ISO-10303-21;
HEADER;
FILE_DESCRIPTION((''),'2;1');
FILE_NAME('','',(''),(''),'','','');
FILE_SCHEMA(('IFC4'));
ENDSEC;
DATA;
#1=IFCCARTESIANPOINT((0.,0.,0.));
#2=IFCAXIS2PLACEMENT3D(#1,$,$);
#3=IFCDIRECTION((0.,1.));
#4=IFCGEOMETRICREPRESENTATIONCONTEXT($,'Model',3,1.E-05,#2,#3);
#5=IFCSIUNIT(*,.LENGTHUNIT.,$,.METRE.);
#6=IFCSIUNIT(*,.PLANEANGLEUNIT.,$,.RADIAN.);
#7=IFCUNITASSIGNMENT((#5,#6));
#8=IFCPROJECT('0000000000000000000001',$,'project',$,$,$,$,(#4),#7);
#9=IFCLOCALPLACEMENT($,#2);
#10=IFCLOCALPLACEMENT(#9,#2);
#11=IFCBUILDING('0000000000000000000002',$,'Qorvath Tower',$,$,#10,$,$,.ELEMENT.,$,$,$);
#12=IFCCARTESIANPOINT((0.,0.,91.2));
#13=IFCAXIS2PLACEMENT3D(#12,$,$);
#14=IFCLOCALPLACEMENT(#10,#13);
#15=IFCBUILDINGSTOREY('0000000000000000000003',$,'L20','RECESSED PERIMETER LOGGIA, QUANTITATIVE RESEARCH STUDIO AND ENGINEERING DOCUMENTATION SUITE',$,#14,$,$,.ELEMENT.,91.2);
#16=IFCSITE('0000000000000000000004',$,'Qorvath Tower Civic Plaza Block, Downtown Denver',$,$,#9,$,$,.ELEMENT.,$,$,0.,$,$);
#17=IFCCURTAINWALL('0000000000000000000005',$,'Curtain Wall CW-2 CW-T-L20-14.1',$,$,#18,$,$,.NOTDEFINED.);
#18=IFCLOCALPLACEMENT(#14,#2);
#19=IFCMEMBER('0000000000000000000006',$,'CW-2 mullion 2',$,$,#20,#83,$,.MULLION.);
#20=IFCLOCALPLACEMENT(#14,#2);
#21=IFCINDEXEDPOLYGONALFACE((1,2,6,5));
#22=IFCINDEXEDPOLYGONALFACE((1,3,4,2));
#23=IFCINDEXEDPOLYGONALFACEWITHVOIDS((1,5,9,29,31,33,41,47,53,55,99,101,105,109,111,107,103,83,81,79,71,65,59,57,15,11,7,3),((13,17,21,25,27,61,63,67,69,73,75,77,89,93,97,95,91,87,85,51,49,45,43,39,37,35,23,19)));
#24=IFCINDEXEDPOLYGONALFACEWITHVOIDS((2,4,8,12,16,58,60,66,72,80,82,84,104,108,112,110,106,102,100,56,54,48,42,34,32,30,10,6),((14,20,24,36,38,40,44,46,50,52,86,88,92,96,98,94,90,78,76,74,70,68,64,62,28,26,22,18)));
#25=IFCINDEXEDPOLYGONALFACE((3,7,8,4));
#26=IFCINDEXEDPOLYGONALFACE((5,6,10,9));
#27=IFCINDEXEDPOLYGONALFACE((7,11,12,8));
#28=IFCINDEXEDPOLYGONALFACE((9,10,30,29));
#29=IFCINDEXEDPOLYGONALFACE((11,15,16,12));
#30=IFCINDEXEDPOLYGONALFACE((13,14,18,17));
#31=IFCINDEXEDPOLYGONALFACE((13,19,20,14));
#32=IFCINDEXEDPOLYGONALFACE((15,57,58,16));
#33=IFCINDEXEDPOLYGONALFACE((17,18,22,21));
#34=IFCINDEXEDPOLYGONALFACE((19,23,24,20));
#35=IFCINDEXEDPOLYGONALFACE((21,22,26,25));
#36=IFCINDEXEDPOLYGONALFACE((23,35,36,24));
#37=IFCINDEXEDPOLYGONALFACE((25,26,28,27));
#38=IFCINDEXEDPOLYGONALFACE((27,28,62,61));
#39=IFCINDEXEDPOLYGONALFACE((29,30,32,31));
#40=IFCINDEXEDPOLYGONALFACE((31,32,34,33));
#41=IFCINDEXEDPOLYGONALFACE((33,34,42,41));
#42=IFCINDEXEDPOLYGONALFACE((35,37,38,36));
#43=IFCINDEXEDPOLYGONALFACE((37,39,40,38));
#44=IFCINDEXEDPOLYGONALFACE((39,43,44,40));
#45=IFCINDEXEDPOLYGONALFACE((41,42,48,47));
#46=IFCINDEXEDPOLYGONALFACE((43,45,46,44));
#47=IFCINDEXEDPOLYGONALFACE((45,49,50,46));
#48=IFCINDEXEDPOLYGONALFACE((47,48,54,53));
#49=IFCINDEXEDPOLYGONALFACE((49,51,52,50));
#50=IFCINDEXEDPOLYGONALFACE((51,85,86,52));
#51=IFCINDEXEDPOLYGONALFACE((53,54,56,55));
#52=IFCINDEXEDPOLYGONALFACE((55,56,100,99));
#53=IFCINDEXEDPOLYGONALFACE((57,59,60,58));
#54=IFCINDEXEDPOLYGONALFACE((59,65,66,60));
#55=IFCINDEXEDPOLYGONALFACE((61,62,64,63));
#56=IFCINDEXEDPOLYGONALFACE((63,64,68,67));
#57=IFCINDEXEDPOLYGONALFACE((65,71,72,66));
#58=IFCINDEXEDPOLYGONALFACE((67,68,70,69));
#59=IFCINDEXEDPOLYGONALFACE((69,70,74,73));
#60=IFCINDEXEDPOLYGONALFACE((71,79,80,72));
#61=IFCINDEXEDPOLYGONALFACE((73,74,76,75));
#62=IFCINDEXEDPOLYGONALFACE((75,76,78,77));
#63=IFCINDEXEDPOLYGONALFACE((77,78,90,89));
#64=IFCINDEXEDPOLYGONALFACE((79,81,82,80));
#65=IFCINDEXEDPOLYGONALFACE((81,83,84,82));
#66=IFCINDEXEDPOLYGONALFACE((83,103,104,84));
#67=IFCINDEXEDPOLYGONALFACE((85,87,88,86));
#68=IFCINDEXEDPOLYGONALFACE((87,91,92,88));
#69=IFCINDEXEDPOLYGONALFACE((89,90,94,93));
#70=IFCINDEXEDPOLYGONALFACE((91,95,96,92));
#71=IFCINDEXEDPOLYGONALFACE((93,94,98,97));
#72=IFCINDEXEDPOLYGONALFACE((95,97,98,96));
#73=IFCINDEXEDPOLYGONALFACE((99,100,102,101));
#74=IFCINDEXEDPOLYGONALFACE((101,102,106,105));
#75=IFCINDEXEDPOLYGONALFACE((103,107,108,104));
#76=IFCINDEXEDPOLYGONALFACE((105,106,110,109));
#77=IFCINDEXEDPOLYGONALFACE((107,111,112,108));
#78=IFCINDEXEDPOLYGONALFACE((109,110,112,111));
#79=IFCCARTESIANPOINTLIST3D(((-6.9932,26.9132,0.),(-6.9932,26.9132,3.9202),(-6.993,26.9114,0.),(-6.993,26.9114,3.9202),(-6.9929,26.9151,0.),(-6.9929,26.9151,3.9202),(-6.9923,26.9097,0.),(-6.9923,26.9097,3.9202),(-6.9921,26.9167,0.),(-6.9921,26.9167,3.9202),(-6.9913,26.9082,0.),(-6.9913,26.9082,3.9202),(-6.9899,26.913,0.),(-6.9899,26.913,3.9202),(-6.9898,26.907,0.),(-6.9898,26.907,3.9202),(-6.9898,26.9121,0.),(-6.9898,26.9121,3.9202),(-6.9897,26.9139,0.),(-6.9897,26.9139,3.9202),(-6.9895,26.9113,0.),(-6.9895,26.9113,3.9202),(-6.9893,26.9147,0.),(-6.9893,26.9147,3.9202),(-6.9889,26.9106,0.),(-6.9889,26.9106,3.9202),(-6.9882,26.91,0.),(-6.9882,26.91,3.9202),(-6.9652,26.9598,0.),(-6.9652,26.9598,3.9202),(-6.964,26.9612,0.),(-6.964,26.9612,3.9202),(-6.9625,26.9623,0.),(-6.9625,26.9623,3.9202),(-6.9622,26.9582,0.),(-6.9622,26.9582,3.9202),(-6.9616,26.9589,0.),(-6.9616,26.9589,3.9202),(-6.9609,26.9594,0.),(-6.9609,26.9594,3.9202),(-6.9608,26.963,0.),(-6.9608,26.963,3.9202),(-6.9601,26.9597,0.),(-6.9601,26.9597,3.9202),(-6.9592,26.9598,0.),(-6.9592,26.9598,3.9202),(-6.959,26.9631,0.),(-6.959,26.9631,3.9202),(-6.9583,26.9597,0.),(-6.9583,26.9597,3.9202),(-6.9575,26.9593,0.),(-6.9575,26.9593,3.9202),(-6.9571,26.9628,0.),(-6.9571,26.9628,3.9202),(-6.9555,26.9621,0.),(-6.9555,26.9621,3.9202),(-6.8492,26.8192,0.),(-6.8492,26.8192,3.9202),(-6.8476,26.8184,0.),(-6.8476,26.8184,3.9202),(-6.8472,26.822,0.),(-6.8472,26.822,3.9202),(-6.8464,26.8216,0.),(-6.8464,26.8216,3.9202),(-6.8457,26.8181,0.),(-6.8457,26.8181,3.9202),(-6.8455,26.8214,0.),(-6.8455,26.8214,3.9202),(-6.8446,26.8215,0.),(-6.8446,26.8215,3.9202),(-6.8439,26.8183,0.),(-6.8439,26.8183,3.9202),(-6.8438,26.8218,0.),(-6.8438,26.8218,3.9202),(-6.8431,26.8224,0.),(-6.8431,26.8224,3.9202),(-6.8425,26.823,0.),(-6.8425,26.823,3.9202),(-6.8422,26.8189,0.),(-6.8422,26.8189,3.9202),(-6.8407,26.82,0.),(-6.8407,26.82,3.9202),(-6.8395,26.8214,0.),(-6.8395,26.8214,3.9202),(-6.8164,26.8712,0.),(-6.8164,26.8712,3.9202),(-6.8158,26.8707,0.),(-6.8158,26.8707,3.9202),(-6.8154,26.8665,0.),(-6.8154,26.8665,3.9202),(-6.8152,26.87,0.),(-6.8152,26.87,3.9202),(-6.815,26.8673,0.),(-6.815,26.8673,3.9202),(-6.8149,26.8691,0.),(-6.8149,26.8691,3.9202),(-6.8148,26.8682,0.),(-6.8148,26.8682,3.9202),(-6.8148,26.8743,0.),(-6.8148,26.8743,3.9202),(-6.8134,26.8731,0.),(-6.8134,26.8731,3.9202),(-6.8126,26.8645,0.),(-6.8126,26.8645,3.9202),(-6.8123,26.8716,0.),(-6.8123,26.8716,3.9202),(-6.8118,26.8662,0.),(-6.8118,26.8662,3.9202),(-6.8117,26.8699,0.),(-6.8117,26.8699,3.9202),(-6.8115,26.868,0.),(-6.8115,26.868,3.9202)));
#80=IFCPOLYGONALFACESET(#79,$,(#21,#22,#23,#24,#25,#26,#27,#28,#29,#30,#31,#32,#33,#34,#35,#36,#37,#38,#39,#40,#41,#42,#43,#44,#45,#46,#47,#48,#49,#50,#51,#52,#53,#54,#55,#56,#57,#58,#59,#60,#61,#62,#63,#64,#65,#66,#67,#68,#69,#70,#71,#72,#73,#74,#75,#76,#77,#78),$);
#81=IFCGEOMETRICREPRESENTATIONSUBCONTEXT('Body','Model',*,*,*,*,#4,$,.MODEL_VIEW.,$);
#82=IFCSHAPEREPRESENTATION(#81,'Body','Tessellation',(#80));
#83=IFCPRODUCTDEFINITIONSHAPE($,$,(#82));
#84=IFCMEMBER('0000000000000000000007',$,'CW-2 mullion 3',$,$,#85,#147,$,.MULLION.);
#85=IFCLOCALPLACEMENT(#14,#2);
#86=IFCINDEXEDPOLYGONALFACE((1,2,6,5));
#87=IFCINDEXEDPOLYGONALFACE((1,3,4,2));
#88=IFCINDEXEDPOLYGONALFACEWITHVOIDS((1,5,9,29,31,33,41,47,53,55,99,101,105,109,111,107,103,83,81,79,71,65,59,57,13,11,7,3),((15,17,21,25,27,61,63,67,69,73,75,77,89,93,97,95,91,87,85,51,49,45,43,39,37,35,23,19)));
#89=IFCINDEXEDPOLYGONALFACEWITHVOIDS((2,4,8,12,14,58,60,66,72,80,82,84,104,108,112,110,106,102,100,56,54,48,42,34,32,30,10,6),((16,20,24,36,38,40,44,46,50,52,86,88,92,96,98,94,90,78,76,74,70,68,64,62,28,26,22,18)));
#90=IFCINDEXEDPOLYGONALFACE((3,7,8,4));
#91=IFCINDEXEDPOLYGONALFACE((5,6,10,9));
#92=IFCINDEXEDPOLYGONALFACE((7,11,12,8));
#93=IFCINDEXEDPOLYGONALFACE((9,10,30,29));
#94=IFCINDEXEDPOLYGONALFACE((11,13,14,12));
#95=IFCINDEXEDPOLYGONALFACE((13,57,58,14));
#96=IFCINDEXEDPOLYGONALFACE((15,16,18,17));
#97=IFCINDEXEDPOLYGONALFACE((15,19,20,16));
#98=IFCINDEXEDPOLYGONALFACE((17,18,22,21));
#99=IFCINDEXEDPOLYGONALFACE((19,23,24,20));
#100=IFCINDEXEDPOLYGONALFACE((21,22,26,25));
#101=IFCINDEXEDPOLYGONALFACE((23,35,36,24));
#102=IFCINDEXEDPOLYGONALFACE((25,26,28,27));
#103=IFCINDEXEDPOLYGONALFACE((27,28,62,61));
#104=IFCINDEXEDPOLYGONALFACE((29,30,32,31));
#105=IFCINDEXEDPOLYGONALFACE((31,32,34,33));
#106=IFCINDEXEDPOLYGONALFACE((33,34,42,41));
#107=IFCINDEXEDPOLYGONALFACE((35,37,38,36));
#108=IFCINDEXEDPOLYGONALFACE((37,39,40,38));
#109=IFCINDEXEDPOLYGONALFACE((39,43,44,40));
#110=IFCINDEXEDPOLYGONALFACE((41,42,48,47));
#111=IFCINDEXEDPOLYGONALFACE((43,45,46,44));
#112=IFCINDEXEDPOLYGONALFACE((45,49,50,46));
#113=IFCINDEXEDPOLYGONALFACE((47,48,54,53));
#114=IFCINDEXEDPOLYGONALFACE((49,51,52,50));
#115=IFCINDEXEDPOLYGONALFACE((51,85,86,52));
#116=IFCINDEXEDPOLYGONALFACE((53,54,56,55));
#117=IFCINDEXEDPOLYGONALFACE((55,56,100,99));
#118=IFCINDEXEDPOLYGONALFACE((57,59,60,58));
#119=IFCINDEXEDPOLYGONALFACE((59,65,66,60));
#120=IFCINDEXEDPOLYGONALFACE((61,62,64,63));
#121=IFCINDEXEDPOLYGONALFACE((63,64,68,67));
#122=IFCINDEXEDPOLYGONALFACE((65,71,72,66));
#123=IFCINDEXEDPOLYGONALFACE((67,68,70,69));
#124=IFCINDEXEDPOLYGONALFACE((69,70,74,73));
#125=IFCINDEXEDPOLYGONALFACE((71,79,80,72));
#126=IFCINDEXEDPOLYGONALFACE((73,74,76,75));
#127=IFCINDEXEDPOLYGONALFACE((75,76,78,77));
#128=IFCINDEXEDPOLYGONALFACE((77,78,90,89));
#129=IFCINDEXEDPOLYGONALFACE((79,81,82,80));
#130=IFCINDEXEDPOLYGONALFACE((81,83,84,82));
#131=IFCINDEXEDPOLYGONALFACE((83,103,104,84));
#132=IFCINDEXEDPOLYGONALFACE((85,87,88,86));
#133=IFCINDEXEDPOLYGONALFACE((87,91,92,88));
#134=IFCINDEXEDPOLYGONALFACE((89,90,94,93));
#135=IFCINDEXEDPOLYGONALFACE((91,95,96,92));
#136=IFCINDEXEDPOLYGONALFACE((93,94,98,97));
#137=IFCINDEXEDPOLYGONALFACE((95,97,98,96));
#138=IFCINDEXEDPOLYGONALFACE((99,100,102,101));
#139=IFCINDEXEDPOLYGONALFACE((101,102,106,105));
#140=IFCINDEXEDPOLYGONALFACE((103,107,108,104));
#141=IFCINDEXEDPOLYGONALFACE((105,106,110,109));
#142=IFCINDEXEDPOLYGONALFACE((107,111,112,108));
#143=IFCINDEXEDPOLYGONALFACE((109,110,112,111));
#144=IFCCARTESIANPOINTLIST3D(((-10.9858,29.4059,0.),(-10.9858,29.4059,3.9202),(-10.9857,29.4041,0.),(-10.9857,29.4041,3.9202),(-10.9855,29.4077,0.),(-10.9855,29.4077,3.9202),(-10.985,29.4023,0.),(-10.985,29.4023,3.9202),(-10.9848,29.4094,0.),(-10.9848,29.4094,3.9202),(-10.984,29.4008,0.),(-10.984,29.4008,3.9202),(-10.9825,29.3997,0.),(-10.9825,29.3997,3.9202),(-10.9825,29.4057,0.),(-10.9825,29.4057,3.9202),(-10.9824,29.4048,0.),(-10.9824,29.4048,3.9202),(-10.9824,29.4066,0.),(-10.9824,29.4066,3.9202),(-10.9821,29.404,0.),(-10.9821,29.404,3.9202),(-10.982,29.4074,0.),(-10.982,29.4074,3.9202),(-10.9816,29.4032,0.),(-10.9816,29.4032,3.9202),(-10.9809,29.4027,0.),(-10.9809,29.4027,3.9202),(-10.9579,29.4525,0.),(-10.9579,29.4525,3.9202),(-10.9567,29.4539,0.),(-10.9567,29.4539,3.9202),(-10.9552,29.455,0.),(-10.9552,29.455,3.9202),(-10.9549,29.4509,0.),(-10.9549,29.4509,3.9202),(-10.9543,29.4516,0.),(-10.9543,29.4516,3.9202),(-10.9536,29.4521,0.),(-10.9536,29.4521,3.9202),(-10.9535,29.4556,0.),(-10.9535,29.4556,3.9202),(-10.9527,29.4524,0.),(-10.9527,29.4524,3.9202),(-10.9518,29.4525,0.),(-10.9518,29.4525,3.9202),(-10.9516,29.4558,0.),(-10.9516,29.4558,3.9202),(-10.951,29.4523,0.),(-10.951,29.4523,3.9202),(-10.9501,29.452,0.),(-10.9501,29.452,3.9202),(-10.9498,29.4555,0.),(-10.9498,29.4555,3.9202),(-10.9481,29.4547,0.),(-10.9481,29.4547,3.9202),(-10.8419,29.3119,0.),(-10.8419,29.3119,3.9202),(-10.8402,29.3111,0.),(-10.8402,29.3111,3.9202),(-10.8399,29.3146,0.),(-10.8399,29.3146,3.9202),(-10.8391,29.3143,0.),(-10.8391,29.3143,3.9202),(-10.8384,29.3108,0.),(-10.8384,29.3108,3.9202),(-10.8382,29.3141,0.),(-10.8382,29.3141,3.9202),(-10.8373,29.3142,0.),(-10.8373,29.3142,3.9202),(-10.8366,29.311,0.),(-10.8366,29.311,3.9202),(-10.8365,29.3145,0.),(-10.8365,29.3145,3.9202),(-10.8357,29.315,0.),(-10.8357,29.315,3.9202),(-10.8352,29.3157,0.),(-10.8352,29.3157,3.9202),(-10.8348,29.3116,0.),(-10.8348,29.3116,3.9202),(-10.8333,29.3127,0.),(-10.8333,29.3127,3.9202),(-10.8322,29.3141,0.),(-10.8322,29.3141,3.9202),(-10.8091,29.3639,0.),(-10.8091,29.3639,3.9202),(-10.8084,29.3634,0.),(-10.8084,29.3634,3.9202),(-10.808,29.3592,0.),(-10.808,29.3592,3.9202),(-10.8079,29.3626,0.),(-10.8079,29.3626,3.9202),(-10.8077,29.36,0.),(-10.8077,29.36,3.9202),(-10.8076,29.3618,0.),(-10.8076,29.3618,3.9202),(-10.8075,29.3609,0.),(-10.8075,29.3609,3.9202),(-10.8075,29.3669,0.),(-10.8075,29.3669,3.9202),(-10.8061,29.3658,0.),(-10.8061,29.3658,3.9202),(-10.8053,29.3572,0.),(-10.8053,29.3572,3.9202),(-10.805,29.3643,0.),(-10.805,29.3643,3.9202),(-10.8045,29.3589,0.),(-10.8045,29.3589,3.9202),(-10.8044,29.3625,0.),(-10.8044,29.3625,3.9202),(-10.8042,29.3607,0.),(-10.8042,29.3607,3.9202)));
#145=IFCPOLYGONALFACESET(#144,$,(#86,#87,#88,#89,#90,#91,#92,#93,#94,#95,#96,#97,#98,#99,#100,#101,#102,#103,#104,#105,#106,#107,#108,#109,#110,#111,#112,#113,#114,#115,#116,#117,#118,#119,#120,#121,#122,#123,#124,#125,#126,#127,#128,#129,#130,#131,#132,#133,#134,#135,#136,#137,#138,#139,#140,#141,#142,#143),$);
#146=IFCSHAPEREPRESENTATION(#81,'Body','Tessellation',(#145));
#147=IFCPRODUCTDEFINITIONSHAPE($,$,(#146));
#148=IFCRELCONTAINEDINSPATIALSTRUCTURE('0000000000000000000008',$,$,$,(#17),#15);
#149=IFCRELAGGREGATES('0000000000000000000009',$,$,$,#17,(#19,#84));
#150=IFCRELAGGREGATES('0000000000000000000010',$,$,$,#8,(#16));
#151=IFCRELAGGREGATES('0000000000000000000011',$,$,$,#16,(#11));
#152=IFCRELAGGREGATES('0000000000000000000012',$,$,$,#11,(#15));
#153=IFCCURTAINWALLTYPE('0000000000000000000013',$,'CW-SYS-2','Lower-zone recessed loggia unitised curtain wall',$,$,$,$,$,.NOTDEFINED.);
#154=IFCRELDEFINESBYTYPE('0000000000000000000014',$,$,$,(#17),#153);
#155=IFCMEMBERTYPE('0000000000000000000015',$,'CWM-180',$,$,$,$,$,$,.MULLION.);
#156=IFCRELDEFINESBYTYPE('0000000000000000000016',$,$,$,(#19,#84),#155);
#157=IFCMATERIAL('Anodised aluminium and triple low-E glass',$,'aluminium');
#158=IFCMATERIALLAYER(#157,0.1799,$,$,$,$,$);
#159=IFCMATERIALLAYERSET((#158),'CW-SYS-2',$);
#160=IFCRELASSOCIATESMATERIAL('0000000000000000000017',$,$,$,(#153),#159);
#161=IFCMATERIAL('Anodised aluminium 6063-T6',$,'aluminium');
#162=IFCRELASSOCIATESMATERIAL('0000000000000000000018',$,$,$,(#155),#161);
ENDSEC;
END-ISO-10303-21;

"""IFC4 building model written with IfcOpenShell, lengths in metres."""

from ifc_helpers import new_model, si_unit, direction, frame, origin, origin_2d, place, context, subcontext, project, spatial, hollow_rectangle, extrude, material, layer, layer_set, material_profile, profile_set, type_object, element, aggregate, save


model = new_model("IFC4")

# Units and contexts
model_context = context("Model", 3, precision=1e-05, world=origin(), true_north=direction((0.0, 1.0)))
body_context = subcontext(model_context, "Body", "Model", "MODEL_VIEW")
ifc_project = project(units=[si_unit("LENGTHUNIT", "METRE"), si_unit("PLANEANGLEUNIT", "RADIAN")], contexts=[model_context])

# Site, building, storey
site_placement = place(None, origin())
site = spatial("IfcSite", under=ifc_project, at=site_placement, Name="Qorvath Tower Civic Plaza Block, Downtown Denver", CompositionType="ELEMENT", RefElevation=0.0)
building_placement = place(site_placement, origin())
building = spatial("IfcBuilding", under=site, at=building_placement, Name="Qorvath Tower", CompositionType="ELEMENT")
storey_placement = place(building_placement, frame((0.0, 0.0, 91.2)))
storey = spatial("IfcBuildingStorey", under=building, at=storey_placement, Name="L20", Description="RECESSED PERIMETER LOGGIA, QUANTITATIVE RESEARCH STUDIO AND ENGINEERING DOCUMENTATION SUITE", CompositionType="ELEMENT", Elevation=91.2)

# Shared definitions
ifc_material_1 = material(Name="Anodised aluminium and triple low-E glass", Category="aluminium")
ifc_layer_1 = layer(ifc_material_1, 0.1799)
ifc_layer_set_1 = layer_set([ifc_layer_1], Name="CW-SYS-2")
curtain_wall_type = type_object("IfcCurtainWallType", Name="CW-SYS-2", Description="Lower-zone recessed loggia unitised curtain wall", PredefinedType="NOTDEFINED", material=ifc_layer_set_1)
ifc_material_2 = material(Name="Anodised aluminium 6063-T6", Category="aluminium")
ifc_material_profile_1 = material_profile(ifc_material_2, hollow_rectangle(XDim=0.0649, YDim=0.1799, WallThickness=0.0034, InnerFilletRadius=0.0034, OuterFilletRadius=0.0071, at=origin_2d()), Name="CWM 180x65")
ifc_profile_set_1 = profile_set([ifc_material_profile_1], Name="Anodised aluminium 6063-T6")
member_type_1 = type_object("IfcMemberType", Name="CWM-180", PredefinedType="MULLION", material=ifc_profile_set_1)

# Curtain wall, members
curtain_wall_1_placement = place(storey_placement, origin())
curtain_wall_1 = element("IfcCurtainWall", 1, at=curtain_wall_1_placement, inside=storey, type_object=curtain_wall_type, Name="Curtain Wall CW-2 CW-T-L20-14.1", PredefinedType="NOTDEFINED")
member_1_placement = place(storey_placement, frame((-6.9023, 26.8906, 0.0), z_axis=(0.0, 0.0, 1.0), x_axis=(-0.529596, -0.84825, 0.0)))
member_1 = element("IfcMember", 2, at=member_1_placement, type_object=member_type_1, Name="CW-2 mullion 2", PredefinedType="MULLION", context=body_context, shape_type="SweptSolid", body=[
    extrude(hollow_rectangle(XDim=0.0649, YDim=0.1799, WallThickness=0.0034, InnerFilletRadius=0.0034, OuterFilletRadius=0.0071, at=origin_2d()), origin(), (0.0, 0.0, 1.0), 3.9202),
])
member_2_placement = place(storey_placement, frame((-10.895, 29.3833, 0.0), z_axis=(0.0, 0.0, 1.0), x_axis=(-0.529596, -0.84825, 0.0)))
member_2 = element("IfcMember", 3, at=member_2_placement, type_object=member_type_1, Name="CW-2 mullion 3", PredefinedType="MULLION", context=body_context, shape_type="SweptSolid", body=[
    extrude(hollow_rectangle(XDim=0.0649, YDim=0.1799, WallThickness=0.0034, InnerFilletRadius=0.0034, OuterFilletRadius=0.0071, at=origin_2d()), origin(), (0.0, 0.0, 1.0), 3.9202),
])

aggregate(curtain_wall_1, [member_1, member_2])

save(model, "model.ifc")
